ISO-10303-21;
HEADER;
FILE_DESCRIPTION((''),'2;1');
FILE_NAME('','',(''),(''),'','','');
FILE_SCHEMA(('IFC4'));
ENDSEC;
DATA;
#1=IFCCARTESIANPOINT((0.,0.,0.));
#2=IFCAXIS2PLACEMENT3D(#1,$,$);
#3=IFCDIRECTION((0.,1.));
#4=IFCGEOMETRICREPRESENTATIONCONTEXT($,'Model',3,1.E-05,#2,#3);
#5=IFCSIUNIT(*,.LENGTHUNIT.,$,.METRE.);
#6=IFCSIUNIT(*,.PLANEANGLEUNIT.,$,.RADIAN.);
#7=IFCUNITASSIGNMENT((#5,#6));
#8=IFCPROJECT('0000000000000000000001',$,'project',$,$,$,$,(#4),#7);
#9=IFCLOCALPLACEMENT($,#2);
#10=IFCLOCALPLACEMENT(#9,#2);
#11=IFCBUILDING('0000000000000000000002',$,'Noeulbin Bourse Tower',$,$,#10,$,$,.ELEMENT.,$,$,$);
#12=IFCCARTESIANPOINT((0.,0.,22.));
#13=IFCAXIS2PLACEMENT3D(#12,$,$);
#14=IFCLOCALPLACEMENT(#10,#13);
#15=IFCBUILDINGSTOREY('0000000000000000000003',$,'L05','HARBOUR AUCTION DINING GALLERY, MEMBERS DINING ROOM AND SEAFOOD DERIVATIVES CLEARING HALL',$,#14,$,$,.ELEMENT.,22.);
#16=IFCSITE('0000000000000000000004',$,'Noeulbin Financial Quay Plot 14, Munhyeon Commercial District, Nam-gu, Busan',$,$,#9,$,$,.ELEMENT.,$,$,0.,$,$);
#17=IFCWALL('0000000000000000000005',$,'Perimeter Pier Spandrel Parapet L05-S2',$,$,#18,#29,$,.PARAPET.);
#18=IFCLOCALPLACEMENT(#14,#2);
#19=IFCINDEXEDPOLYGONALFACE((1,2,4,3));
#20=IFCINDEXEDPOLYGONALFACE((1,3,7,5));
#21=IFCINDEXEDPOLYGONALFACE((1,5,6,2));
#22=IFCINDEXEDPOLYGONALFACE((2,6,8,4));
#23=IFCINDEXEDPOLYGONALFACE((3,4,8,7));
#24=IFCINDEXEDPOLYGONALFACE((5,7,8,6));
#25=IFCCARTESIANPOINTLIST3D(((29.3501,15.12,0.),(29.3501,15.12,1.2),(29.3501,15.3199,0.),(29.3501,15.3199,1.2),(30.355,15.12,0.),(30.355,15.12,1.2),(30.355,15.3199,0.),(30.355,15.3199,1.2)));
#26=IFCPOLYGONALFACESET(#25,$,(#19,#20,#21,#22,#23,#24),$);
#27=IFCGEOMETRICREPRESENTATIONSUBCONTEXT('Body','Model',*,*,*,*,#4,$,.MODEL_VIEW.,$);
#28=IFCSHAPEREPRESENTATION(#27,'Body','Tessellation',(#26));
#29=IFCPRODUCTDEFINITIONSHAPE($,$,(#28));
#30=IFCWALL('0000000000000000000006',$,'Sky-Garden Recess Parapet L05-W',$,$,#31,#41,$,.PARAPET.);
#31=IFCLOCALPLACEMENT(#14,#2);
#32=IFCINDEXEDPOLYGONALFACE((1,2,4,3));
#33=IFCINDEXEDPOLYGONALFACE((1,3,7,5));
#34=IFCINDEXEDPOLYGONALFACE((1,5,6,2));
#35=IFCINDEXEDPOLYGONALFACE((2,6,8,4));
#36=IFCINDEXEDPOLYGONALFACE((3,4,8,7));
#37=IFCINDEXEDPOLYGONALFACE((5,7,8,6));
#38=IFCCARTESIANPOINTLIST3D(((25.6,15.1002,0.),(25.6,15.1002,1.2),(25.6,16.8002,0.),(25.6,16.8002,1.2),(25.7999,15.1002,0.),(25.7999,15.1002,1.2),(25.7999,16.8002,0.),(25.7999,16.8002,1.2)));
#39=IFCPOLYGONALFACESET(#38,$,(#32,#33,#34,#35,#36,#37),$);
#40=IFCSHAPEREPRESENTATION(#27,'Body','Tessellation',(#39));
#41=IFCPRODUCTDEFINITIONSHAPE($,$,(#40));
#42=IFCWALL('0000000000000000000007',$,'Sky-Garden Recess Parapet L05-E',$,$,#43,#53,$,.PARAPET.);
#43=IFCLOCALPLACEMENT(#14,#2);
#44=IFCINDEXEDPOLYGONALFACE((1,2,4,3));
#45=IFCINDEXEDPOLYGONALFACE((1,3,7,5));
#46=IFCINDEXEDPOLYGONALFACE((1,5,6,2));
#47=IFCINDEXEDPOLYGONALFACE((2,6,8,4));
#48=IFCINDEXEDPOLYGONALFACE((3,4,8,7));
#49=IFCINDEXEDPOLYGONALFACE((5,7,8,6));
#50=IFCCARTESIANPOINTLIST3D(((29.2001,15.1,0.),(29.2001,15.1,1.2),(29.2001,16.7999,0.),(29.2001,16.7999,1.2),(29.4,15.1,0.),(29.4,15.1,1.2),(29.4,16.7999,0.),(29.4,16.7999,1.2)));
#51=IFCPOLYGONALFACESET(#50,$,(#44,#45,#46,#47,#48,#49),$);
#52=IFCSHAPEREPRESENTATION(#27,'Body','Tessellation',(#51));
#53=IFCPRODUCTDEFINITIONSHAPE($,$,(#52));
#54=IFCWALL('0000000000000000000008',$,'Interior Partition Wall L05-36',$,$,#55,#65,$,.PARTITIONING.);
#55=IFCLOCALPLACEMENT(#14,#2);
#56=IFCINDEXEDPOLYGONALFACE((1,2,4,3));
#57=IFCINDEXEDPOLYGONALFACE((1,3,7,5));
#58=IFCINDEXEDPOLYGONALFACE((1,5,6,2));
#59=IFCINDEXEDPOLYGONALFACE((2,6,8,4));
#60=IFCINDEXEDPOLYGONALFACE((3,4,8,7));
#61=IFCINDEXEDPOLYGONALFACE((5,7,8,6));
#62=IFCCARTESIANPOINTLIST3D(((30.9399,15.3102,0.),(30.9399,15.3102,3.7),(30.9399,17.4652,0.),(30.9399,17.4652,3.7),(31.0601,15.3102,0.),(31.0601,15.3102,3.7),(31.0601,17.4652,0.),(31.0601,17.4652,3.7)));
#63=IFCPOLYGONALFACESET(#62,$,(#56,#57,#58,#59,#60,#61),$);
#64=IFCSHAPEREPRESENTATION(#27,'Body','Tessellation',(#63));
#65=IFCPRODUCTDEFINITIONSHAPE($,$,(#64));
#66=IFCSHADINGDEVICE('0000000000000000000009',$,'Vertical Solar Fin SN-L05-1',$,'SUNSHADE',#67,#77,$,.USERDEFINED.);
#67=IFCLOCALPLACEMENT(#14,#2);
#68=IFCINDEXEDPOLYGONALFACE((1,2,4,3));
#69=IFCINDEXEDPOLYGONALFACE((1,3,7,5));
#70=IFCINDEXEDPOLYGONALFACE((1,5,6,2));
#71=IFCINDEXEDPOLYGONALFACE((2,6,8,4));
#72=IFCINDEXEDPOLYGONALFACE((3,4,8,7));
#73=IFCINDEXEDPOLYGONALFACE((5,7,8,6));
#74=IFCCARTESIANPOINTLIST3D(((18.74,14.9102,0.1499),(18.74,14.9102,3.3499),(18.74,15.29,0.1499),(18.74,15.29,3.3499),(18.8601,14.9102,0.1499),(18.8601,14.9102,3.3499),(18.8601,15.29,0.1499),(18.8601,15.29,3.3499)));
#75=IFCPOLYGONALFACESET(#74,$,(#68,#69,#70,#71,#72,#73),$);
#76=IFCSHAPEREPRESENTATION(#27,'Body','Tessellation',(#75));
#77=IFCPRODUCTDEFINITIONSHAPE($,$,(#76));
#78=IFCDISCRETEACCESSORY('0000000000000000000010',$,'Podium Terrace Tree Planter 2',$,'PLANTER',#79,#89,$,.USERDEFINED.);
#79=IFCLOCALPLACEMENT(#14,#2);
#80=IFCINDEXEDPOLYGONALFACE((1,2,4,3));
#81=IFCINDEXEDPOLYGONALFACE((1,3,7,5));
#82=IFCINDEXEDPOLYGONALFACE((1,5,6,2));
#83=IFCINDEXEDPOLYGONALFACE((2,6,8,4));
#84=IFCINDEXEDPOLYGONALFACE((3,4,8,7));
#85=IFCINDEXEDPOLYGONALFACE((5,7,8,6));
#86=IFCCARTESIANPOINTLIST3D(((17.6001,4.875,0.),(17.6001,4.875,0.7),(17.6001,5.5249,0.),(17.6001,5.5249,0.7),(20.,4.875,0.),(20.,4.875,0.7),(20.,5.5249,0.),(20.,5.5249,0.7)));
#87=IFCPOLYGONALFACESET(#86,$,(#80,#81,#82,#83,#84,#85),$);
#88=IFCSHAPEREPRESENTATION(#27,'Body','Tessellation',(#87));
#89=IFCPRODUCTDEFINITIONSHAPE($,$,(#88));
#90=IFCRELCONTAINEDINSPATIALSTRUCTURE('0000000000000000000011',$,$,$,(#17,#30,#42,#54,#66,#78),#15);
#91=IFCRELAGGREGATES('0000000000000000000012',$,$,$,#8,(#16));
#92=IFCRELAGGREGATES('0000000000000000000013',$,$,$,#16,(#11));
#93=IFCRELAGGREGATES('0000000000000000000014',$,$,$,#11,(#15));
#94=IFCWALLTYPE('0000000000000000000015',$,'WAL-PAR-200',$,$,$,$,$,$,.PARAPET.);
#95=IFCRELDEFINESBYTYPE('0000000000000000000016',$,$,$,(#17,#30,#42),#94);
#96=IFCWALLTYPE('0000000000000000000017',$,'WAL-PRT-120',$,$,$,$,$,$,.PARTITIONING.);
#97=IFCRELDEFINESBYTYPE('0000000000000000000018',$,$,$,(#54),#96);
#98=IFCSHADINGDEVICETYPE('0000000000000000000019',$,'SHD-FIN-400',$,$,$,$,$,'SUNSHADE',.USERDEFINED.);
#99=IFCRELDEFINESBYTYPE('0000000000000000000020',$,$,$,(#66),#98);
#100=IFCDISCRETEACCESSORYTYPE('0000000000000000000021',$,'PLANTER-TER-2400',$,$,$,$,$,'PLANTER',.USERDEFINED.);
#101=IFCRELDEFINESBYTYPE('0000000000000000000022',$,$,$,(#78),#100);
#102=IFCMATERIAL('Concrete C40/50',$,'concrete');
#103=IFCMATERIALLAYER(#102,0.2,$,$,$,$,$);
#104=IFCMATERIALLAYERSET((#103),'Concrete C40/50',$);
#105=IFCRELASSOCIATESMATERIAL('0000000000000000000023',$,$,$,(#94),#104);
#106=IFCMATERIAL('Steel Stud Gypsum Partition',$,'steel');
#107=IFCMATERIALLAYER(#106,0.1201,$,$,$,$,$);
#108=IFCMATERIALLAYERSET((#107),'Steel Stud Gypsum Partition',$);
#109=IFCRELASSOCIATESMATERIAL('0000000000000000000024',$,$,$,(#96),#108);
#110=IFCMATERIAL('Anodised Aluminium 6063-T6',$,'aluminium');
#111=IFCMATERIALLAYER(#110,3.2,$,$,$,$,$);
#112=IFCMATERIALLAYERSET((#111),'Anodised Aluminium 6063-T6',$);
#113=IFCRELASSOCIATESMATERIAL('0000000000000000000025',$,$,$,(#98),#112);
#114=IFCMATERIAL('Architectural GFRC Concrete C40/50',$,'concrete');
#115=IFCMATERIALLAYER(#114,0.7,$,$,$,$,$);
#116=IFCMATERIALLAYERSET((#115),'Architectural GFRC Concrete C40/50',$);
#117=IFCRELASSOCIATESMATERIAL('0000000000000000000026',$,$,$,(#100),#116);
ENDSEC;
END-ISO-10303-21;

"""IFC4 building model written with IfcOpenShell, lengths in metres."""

from ifc_helpers import new_model, si_unit, direction, frame, frame_2d, origin, origin_2d, place, context, subcontext, project, spatial, rectangle, extrude, material, layer, layer_set, type_object, element, save


model = new_model("IFC4")

# Units and contexts
model_context = context("Model", 3, precision=1e-05, world=origin(), true_north=direction((0.0, 1.0)))
body_context = subcontext(model_context, "Body", "Model", "MODEL_VIEW")
ifc_project = project(units=[si_unit("LENGTHUNIT", "METRE"), si_unit("PLANEANGLEUNIT", "RADIAN")], contexts=[model_context])

# Site, building, storey
site_placement = place(None, origin())
site = spatial("IfcSite", under=ifc_project, at=site_placement, Name="Noeulbin Financial Quay Plot 14, Munhyeon Commercial District, Nam-gu, Busan", CompositionType="ELEMENT", RefElevation=0.0)
building_placement = place(site_placement, origin())
building = spatial("IfcBuilding", under=site, at=building_placement, Name="Noeulbin Bourse Tower", CompositionType="ELEMENT")
storey_placement = place(building_placement, frame((0.0, 0.0, 22.0)))
storey = spatial("IfcBuildingStorey", under=building, at=storey_placement, Name="L05", Description="HARBOUR AUCTION DINING GALLERY, MEMBERS DINING ROOM AND SEAFOOD DERIVATIVES CLEARING HALL", CompositionType="ELEMENT", Elevation=22.0)

# Shared definitions
ifc_material_1 = material(Name="Anodised Aluminium 6063-T6", Category="aluminium")

# Walls
ifc_material_2 = material(Name="Concrete C40/50", Category="concrete")
ifc_layer_1 = layer(ifc_material_2, 0.2)
ifc_layer_set_1 = layer_set([ifc_layer_1], Name="Concrete C40/50")
wall_type_1 = type_object("IfcWallType", Name="WAL-PAR-200", PredefinedType="PARAPET", material=ifc_layer_set_1)
for number, where, z_axis, x_axis, name in (
    (1, (29.3501, 15.22, 0.0), (0.0, 0.0, 1.0), (1.0, 0.0, 0.0), "Perimeter Pier Spandrel Parapet L05-S2"),
):
    element("IfcWall", number, at=place(storey_placement, frame(where, z_axis=z_axis, x_axis=x_axis)), inside=storey, type_object=wall_type_1, Name=name, PredefinedType="PARAPET", context=body_context, shape_type="SweptSolid", body=[
        extrude(rectangle(XDim=1.0049, YDim=0.2, at=frame_2d((0.5024, 0.0))), origin(), (0.0, 0.0, 1.0), 1.2),
    ])
for number, where, z_axis, x_axis, name in (
    (2, (25.7, 15.1001, 0.0), (0.0, 0.0, 1.0), (0.0, 1.0, 0.0), "Sky-Garden Recess Parapet L05-W"),
    (3, (29.3, 16.8, 0.0), (0.0, 0.0, 1.0), (0.0, -1.0, 0.0), "Sky-Garden Recess Parapet L05-E"),
):
    element("IfcWall", number, at=place(storey_placement, frame(where, z_axis=z_axis, x_axis=x_axis)), inside=storey, type_object=wall_type_1, Name=name, PredefinedType="PARAPET", context=body_context, shape_type="SweptSolid", body=[
        extrude(rectangle(XDim=1.7, YDim=0.2, at=frame_2d((0.8501, 0.0))), origin(), (0.0, 0.0, 1.0), 1.2),
    ])
ifc_material_3 = material(Name="Steel Stud Gypsum Partition", Category="steel")
ifc_layer_2 = layer(ifc_material_3, 0.1201)
ifc_layer_set_2 = layer_set([ifc_layer_2], Name="Steel Stud Gypsum Partition")
wall_type_2 = type_object("IfcWallType", Name="WAL-PRT-120", PredefinedType="PARTITIONING", material=ifc_layer_set_2)
wall_placement = place(storey_placement, frame((31.0, 15.3101, 0.0), z_axis=(0.0, 0.0, 1.0), x_axis=(0.0, 1.0, 0.0)))
element("IfcWall", 4, at=wall_placement, inside=storey, type_object=wall_type_2, Name="Interior Partition Wall L05-36", PredefinedType="PARTITIONING", context=body_context, shape_type="SweptSolid", body=[
    extrude(rectangle(XDim=2.155, YDim=0.1201, at=frame_2d((1.0776, 0.0))), origin(), (0.0, 0.0, 1.0), 3.7),
])

# Shading device
ifc_layer_3 = layer(ifc_material_1, 3.2)
ifc_layer_set_3 = layer_set([ifc_layer_3], Name="Anodised Aluminium 6063-T6")
shading_device_type = type_object("IfcShadingDeviceType", Name="SHD-FIN-400", ElementType="SUNSHADE", PredefinedType="USERDEFINED", material=ifc_layer_set_3)
shading_device_placement = place(storey_placement, frame((18.8, 15.1001, 0.1499), z_axis=(0.0, 0.0, 1.0), x_axis=(1.0, 0.0, 0.0)))
element("IfcShadingDevice", 5, at=shading_device_placement, inside=storey, type_object=shading_device_type, Name="Vertical Solar Fin SN-L05-1", ObjectType="SUNSHADE", PredefinedType="USERDEFINED", context=body_context, shape_type="SweptSolid", body=[
    extrude(rectangle(XDim=0.1201, YDim=0.3799, at=origin_2d()), origin(), (0.0, 0.0, 1.0), 3.2),
])

# Discrete accessory
ifc_material_4 = material(Name="Architectural GFRC Concrete C40/50", Category="concrete")
ifc_layer_4 = layer(ifc_material_4, 0.7)
ifc_layer_set_4 = layer_set([ifc_layer_4], Name="Architectural GFRC Concrete C40/50")
discrete_accessory_type = type_object("IfcDiscreteAccessoryType", Name="PLANTER-TER-2400", ElementType="PLANTER", PredefinedType="USERDEFINED", material=ifc_layer_set_4)
discrete_accessory_placement = place(storey_placement, frame((18.8, 5.2, 0.0), z_axis=(0.0, 0.0, 1.0), x_axis=(1.0, 0.0, 0.0)))
element("IfcDiscreteAccessory", 6, at=discrete_accessory_placement, inside=storey, type_object=discrete_accessory_type, Name="Podium Terrace Tree Planter 2", ObjectType="PLANTER", PredefinedType="USERDEFINED", context=body_context, shape_type="SweptSolid", body=[
    extrude(rectangle(XDim=2.3999, YDim=0.6499, at=origin_2d()), origin(), (0.0, 0.0, 1.0), 0.7),
])

save(model, "model.ifc")
